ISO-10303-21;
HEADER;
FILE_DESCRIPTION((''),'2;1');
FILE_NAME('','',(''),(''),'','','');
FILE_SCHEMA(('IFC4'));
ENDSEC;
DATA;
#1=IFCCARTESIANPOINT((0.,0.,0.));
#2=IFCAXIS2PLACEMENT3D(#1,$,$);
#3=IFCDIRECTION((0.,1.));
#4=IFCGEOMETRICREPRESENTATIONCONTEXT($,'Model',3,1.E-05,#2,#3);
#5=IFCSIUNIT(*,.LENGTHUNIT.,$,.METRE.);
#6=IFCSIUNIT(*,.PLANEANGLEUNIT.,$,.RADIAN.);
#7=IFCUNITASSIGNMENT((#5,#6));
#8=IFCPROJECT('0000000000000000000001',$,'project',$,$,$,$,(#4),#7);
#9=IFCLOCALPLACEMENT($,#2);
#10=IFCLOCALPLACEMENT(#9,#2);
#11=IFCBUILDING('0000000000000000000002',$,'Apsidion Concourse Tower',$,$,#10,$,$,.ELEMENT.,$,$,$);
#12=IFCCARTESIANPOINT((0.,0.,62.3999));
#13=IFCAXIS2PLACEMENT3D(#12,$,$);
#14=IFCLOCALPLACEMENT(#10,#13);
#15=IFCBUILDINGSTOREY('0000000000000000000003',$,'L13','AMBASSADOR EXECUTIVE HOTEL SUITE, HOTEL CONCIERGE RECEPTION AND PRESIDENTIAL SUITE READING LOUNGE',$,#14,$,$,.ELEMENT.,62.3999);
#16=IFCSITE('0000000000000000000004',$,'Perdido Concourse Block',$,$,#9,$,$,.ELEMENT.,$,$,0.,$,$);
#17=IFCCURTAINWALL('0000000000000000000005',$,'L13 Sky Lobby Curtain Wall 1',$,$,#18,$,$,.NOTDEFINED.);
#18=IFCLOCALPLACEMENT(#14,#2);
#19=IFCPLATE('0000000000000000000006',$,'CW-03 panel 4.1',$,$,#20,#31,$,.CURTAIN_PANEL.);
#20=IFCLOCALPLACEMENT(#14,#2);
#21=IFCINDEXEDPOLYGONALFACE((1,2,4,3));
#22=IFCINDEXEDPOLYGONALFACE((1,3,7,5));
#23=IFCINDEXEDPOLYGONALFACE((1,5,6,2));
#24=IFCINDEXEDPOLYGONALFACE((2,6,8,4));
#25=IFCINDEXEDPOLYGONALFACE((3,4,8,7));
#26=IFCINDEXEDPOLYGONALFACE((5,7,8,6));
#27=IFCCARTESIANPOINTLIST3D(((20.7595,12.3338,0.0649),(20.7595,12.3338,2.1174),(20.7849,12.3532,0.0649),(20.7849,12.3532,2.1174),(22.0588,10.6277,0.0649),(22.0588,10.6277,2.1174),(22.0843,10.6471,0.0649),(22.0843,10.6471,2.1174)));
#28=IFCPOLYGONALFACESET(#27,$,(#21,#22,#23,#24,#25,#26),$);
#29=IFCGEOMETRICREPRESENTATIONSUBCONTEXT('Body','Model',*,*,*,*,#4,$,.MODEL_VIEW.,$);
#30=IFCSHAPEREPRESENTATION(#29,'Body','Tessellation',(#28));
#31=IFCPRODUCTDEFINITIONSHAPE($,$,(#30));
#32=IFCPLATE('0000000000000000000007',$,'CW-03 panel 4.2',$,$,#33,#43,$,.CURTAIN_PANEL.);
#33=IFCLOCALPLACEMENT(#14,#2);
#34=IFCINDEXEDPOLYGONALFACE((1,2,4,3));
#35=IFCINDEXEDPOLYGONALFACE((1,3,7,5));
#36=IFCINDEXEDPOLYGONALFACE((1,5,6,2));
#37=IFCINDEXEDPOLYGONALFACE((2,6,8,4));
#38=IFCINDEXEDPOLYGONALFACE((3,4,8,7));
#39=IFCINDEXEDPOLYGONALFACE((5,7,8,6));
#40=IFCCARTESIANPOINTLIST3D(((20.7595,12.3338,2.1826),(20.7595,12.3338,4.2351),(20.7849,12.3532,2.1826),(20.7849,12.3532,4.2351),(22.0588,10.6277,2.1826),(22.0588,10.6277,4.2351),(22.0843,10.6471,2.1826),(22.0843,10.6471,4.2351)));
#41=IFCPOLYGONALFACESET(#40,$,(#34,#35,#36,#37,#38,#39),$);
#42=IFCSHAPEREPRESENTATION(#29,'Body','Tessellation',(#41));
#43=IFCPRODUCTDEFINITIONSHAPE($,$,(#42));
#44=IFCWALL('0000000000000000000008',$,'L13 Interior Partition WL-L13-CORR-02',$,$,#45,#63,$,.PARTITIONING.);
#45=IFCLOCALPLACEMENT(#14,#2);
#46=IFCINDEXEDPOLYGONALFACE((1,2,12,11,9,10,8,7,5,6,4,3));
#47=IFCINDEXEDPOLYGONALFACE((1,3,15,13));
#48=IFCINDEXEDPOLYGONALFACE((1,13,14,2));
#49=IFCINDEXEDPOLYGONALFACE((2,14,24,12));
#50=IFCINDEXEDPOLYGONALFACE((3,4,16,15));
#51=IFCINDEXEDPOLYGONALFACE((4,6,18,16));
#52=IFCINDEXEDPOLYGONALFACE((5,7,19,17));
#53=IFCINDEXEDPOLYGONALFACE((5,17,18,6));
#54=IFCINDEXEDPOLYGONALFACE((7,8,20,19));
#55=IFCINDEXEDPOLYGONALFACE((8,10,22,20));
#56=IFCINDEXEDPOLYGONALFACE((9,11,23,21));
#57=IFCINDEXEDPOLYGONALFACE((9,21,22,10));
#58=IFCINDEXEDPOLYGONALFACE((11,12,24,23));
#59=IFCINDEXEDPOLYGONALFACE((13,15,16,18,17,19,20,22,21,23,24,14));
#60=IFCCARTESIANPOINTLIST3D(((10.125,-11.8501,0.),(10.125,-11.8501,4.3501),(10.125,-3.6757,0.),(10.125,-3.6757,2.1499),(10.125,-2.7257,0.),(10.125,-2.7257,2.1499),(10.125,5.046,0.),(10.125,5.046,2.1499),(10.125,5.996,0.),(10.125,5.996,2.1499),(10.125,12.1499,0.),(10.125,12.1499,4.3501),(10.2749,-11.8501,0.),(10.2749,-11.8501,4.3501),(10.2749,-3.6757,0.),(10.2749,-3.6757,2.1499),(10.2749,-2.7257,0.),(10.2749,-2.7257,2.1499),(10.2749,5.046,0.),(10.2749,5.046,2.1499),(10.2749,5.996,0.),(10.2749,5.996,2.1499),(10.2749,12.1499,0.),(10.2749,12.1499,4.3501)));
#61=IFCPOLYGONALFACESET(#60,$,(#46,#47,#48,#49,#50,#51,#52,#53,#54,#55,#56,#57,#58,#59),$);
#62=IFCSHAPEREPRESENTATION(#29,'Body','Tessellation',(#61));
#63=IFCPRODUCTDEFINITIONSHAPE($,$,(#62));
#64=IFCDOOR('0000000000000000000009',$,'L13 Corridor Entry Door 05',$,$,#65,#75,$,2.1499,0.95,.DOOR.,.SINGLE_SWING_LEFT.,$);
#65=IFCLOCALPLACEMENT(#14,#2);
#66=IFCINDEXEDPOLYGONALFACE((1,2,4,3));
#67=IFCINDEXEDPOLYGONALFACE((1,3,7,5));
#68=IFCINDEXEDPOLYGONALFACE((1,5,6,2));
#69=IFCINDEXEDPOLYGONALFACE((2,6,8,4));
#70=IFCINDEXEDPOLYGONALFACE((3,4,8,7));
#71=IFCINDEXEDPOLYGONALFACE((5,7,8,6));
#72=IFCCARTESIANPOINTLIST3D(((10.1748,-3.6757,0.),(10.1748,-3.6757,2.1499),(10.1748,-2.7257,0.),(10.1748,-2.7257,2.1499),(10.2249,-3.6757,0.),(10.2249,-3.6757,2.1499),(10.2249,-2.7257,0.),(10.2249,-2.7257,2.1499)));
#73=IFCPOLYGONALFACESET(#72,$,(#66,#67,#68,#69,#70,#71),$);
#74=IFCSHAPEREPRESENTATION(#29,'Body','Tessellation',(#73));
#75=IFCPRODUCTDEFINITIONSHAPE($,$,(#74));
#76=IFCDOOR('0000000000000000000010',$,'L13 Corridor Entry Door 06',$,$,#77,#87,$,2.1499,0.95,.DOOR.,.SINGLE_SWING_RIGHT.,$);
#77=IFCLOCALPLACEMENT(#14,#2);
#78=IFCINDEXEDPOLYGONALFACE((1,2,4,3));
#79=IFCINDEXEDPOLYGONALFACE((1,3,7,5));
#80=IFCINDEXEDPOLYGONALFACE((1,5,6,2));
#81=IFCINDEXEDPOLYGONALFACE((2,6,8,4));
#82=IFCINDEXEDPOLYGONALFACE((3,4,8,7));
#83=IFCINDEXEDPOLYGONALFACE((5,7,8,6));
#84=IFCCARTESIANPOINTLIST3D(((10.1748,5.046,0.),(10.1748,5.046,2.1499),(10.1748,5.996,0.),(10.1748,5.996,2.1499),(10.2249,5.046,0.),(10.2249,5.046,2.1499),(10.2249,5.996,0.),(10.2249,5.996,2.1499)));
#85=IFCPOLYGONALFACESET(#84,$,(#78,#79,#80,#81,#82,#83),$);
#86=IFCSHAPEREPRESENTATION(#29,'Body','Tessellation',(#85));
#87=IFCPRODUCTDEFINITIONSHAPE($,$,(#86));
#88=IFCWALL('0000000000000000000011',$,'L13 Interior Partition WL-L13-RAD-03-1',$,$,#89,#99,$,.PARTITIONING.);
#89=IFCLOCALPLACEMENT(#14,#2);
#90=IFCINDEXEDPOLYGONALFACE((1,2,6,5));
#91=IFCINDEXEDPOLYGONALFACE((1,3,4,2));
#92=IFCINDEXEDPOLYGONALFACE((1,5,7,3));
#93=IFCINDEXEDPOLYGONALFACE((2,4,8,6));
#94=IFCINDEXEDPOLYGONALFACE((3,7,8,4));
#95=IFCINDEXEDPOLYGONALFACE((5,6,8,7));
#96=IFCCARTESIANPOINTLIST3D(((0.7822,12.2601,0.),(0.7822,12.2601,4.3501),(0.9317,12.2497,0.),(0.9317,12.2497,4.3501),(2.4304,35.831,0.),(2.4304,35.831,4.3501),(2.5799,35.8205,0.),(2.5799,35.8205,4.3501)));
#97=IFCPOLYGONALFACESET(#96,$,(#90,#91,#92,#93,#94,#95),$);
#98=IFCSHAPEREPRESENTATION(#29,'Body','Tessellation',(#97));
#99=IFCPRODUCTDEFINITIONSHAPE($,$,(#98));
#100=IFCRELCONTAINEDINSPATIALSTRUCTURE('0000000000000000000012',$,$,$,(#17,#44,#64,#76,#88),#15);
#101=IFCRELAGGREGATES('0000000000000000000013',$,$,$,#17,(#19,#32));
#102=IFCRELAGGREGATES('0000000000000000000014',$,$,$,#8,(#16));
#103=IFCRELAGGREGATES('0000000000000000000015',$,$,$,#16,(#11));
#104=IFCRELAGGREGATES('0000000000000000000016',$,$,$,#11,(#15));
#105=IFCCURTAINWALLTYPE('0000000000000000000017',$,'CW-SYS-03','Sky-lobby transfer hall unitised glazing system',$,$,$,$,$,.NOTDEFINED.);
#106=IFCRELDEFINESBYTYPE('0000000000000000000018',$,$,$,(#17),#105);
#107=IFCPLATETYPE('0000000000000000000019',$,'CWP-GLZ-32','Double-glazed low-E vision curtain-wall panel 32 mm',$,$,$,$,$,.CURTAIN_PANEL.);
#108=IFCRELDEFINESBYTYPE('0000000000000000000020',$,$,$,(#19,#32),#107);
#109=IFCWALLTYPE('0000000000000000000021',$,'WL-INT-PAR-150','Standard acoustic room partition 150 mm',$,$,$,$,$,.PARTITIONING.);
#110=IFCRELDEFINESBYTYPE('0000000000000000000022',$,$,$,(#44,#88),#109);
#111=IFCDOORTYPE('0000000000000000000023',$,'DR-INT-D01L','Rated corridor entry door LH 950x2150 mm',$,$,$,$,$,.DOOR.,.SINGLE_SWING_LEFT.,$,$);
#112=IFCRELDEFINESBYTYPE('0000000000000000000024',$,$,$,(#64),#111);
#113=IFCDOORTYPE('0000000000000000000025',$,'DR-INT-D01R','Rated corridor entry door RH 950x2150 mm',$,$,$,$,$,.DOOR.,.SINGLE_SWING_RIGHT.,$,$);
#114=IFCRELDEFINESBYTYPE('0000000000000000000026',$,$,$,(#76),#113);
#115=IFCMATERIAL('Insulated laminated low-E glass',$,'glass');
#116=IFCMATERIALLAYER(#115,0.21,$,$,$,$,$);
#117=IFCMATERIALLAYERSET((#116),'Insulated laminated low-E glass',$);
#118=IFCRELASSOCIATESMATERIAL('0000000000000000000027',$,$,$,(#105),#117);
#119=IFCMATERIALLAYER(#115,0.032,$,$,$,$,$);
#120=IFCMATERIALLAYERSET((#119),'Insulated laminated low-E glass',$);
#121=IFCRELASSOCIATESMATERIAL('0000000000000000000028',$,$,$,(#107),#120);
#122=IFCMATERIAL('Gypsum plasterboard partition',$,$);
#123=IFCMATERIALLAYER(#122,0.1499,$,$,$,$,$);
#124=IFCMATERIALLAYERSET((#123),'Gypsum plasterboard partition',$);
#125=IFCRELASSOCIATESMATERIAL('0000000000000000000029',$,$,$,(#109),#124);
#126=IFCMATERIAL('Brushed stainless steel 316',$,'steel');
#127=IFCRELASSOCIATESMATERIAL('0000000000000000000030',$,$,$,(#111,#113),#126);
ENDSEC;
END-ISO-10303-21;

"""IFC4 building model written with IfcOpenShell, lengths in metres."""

from ifc_helpers import new_model, si_unit, direction, frame, frame_2d, origin, origin_2d, place, context, subcontext, project, spatial, rectangle, extrude, material, layer, layer_set, type_object, element, fill, aggregate, save


model = new_model("IFC4")

# Units and contexts
model_context = context("Model", 3, precision=1e-05, world=origin(), true_north=direction((0.0, 1.0)))
body_context = subcontext(model_context, "Body", "Model", "MODEL_VIEW")
ifc_project = project(units=[si_unit("LENGTHUNIT", "METRE"), si_unit("PLANEANGLEUNIT", "RADIAN")], contexts=[model_context])

# Site, building, storey
site_placement = place(None, origin())
site = spatial("IfcSite", under=ifc_project, at=site_placement, Name="Perdido Concourse Block", CompositionType="ELEMENT", RefElevation=0.0)
building_placement = place(site_placement, origin())
building = spatial("IfcBuilding", under=site, at=building_placement, Name="Apsidion Concourse Tower", CompositionType="ELEMENT")
storey_placement = place(building_placement, frame((0.0, 0.0, 62.3999)))
storey = spatial("IfcBuildingStorey", under=building, at=storey_placement, Name="L13", Description="AMBASSADOR EXECUTIVE HOTEL SUITE, HOTEL CONCIERGE RECEPTION AND PRESIDENTIAL SUITE READING LOUNGE", CompositionType="ELEMENT", Elevation=62.3999)

# Curtain wall, plates
ifc_material_1 = material(Name="Insulated laminated low-E glass", Category="glass")
ifc_layer_1 = layer(ifc_material_1, 0.21)
ifc_layer_set_1 = layer_set([ifc_layer_1], Name="Insulated laminated low-E glass")
curtain_wall_type = type_object("IfcCurtainWallType", Name="CW-SYS-03", Description="Sky-lobby transfer hall unitised glazing system", PredefinedType="NOTDEFINED", material=ifc_layer_set_1)
curtain_wall_placement = place(storey_placement, origin())
curtain_wall = element("IfcCurtainWall", 1, at=curtain_wall_placement, inside=storey, type_object=curtain_wall_type, Name="L13 Sky Lobby Curtain Wall 1", PredefinedType="NOTDEFINED")
ifc_layer_2 = layer(ifc_material_1, 0.032)
ifc_layer_set_2 = layer_set([ifc_layer_2], Name="Insulated laminated low-E glass")
plate_type = type_object("IfcPlateType", Name="CWP-GLZ-32", Description="Double-glazed low-E vision curtain-wall panel 32 mm", PredefinedType="CURTAIN_PANEL", material=ifc_layer_set_2)
plate_1_placement = place(storey_placement, frame((21.4219, 11.4905, 0.0649), z_axis=(0.0, 0.0, 1.0), x_axis=(0.605877, -0.795559, 0.0)))
plate_1 = element("IfcPlate", 2, at=plate_1_placement, type_object=plate_type, Name="CW-03 panel 4.1", PredefinedType="CURTAIN_PANEL", context=body_context, shape_type="SweptSolid", body=[
    extrude(rectangle(XDim=2.1445, YDim=0.032, at=origin_2d()), origin(), (0.0, 0.0, 1.0), 2.0525),
])
plate_2_placement = place(storey_placement, frame((21.4219, 11.4905, 2.1826), z_axis=(0.0, 0.0, 1.0), x_axis=(0.605877, -0.795559, 0.0)))
plate_2 = element("IfcPlate", 3, at=plate_2_placement, type_object=plate_type, Name="CW-03 panel 4.2", PredefinedType="CURTAIN_PANEL", context=body_context, shape_type="SweptSolid", body=[
    extrude(rectangle(XDim=2.1445, YDim=0.032, at=origin_2d()), origin(), (0.0, 0.0, 1.0), 2.0525),
])
aggregate(curtain_wall, [plate_1, plate_2])

# Wall, openings, doors
ifc_material_2 = material(Name="Gypsum plasterboard partition")
ifc_layer_3 = layer(ifc_material_2, 0.1499)
ifc_layer_set_3 = layer_set([ifc_layer_3], Name="Gypsum plasterboard partition")
wall_type = type_object("IfcWallType", Name="WL-INT-PAR-150", Description="Standard acoustic room partition 150 mm", PredefinedType="PARTITIONING", material=ifc_layer_set_3)
wall_1_placement = place(storey_placement, frame((10.2, 12.1499, 0.0), z_axis=(0.0, 0.0, 1.0), x_axis=(0.0, -1.0, 0.0)))
wall_1 = element("IfcWall", 4, at=wall_1_placement, inside=storey, type_object=wall_type, Name="L13 Interior Partition WL-L13-CORR-02", PredefinedType="PARTITIONING", context=body_context, shape_type="SweptSolid", body=[
    extrude(rectangle(XDim=24.0, YDim=0.1499, at=frame_2d((12.0, 0.0))), origin(), (0.0, 0.0, 1.0), 4.3501),
])
opening_1_placement = place(wall_1_placement, frame((14.8755, 0.0, 0.0)))
opening_1 = element("IfcOpeningElement", 5, at=opening_1_placement, cuts=wall_1, PredefinedType="OPENING", context=body_context, shape_type="SweptSolid", body=[
    extrude(rectangle(XDim=0.95, YDim=2.1499, at=frame_2d((0.4751, 1.075))), frame((0.0, 0.085, 0.0), z_axis=(0.0, -1.0, 0.0), x_axis=(1.0, 0.0, 0.0)), (0.0, 0.0, 1.0), 0.1699),
])
opening_2_placement = place(wall_1_placement, frame((6.1538, 0.0, 0.0)))
opening_2 = element("IfcOpeningElement", 6, at=opening_2_placement, cuts=wall_1, PredefinedType="OPENING", context=body_context, shape_type="SweptSolid", body=[
    extrude(rectangle(XDim=0.95, YDim=2.1499, at=frame_2d((0.4751, 1.075))), frame((0.0, 0.085, 0.0), z_axis=(0.0, -1.0, 0.0), x_axis=(1.0, 0.0, 0.0)), (0.0, 0.0, 1.0), 0.1699),
])
ifc_material_3 = material(Name="Brushed stainless steel 316", Category="steel")
door_type_1 = type_object("IfcDoorType", Name="DR-INT-D01L", Description="Rated corridor entry door LH 950x2150 mm", OperationType="SINGLE_SWING_LEFT", PredefinedType="DOOR", material=ifc_material_3)
door_1_placement = place(opening_1_placement, origin())
door_1 = element("IfcDoor", 7, at=door_1_placement, inside=storey, type_object=door_type_1, Name="L13 Corridor Entry Door 05", OperationType="SINGLE_SWING_LEFT", OverallHeight=2.1499, OverallWidth=0.95, PredefinedType="DOOR", context=body_context, shape_type="SweptSolid", body=[
    extrude(rectangle(XDim=0.95, YDim=2.1499, at=frame_2d((0.4751, 1.075))), frame((0.0, 0.0249, 0.0), z_axis=(0.0, -1.0, 0.0), x_axis=(1.0, 0.0, 0.0)), (0.0, 0.0, 1.0), 0.05),
])
fill(opening_1, door_1)
door_type_2 = type_object("IfcDoorType", Name="DR-INT-D01R", Description="Rated corridor entry door RH 950x2150 mm", OperationType="SINGLE_SWING_RIGHT", PredefinedType="DOOR", material=ifc_material_3)
door_2_placement = place(opening_2_placement, origin())
door_2 = element("IfcDoor", 8, at=door_2_placement, inside=storey, type_object=door_type_2, Name="L13 Corridor Entry Door 06", OperationType="SINGLE_SWING_RIGHT", OverallHeight=2.1499, OverallWidth=0.95, PredefinedType="DOOR", context=body_context, shape_type="SweptSolid", body=[
    extrude(rectangle(XDim=0.95, YDim=2.1499, at=frame_2d((0.4751, 1.075))), frame((0.0, 0.0249, 0.0), z_axis=(0.0, -1.0, 0.0), x_axis=(1.0, 0.0, 0.0)), (0.0, 0.0, 1.0), 0.05),
])
fill(opening_2, door_2)

# Wall
wall_2_placement = place(storey_placement, frame((0.8569, 12.2549, 0.0), z_axis=(0.0, 0.0, 1.0), x_axis=(0.069755, 0.997564, 0.0)))
element("IfcWall", 9, at=wall_2_placement, inside=storey, type_object=wall_type, Name="L13 Interior Partition WL-L13-RAD-03-1", PredefinedType="PARTITIONING", context=body_context, shape_type="SweptSolid", body=[
    extrude(rectangle(XDim=23.6284, YDim=0.1499, at=frame_2d((11.8142, 0.0))), origin(), (0.0, 0.0, 1.0), 4.3501),
])

save(model, "model.ifc")
